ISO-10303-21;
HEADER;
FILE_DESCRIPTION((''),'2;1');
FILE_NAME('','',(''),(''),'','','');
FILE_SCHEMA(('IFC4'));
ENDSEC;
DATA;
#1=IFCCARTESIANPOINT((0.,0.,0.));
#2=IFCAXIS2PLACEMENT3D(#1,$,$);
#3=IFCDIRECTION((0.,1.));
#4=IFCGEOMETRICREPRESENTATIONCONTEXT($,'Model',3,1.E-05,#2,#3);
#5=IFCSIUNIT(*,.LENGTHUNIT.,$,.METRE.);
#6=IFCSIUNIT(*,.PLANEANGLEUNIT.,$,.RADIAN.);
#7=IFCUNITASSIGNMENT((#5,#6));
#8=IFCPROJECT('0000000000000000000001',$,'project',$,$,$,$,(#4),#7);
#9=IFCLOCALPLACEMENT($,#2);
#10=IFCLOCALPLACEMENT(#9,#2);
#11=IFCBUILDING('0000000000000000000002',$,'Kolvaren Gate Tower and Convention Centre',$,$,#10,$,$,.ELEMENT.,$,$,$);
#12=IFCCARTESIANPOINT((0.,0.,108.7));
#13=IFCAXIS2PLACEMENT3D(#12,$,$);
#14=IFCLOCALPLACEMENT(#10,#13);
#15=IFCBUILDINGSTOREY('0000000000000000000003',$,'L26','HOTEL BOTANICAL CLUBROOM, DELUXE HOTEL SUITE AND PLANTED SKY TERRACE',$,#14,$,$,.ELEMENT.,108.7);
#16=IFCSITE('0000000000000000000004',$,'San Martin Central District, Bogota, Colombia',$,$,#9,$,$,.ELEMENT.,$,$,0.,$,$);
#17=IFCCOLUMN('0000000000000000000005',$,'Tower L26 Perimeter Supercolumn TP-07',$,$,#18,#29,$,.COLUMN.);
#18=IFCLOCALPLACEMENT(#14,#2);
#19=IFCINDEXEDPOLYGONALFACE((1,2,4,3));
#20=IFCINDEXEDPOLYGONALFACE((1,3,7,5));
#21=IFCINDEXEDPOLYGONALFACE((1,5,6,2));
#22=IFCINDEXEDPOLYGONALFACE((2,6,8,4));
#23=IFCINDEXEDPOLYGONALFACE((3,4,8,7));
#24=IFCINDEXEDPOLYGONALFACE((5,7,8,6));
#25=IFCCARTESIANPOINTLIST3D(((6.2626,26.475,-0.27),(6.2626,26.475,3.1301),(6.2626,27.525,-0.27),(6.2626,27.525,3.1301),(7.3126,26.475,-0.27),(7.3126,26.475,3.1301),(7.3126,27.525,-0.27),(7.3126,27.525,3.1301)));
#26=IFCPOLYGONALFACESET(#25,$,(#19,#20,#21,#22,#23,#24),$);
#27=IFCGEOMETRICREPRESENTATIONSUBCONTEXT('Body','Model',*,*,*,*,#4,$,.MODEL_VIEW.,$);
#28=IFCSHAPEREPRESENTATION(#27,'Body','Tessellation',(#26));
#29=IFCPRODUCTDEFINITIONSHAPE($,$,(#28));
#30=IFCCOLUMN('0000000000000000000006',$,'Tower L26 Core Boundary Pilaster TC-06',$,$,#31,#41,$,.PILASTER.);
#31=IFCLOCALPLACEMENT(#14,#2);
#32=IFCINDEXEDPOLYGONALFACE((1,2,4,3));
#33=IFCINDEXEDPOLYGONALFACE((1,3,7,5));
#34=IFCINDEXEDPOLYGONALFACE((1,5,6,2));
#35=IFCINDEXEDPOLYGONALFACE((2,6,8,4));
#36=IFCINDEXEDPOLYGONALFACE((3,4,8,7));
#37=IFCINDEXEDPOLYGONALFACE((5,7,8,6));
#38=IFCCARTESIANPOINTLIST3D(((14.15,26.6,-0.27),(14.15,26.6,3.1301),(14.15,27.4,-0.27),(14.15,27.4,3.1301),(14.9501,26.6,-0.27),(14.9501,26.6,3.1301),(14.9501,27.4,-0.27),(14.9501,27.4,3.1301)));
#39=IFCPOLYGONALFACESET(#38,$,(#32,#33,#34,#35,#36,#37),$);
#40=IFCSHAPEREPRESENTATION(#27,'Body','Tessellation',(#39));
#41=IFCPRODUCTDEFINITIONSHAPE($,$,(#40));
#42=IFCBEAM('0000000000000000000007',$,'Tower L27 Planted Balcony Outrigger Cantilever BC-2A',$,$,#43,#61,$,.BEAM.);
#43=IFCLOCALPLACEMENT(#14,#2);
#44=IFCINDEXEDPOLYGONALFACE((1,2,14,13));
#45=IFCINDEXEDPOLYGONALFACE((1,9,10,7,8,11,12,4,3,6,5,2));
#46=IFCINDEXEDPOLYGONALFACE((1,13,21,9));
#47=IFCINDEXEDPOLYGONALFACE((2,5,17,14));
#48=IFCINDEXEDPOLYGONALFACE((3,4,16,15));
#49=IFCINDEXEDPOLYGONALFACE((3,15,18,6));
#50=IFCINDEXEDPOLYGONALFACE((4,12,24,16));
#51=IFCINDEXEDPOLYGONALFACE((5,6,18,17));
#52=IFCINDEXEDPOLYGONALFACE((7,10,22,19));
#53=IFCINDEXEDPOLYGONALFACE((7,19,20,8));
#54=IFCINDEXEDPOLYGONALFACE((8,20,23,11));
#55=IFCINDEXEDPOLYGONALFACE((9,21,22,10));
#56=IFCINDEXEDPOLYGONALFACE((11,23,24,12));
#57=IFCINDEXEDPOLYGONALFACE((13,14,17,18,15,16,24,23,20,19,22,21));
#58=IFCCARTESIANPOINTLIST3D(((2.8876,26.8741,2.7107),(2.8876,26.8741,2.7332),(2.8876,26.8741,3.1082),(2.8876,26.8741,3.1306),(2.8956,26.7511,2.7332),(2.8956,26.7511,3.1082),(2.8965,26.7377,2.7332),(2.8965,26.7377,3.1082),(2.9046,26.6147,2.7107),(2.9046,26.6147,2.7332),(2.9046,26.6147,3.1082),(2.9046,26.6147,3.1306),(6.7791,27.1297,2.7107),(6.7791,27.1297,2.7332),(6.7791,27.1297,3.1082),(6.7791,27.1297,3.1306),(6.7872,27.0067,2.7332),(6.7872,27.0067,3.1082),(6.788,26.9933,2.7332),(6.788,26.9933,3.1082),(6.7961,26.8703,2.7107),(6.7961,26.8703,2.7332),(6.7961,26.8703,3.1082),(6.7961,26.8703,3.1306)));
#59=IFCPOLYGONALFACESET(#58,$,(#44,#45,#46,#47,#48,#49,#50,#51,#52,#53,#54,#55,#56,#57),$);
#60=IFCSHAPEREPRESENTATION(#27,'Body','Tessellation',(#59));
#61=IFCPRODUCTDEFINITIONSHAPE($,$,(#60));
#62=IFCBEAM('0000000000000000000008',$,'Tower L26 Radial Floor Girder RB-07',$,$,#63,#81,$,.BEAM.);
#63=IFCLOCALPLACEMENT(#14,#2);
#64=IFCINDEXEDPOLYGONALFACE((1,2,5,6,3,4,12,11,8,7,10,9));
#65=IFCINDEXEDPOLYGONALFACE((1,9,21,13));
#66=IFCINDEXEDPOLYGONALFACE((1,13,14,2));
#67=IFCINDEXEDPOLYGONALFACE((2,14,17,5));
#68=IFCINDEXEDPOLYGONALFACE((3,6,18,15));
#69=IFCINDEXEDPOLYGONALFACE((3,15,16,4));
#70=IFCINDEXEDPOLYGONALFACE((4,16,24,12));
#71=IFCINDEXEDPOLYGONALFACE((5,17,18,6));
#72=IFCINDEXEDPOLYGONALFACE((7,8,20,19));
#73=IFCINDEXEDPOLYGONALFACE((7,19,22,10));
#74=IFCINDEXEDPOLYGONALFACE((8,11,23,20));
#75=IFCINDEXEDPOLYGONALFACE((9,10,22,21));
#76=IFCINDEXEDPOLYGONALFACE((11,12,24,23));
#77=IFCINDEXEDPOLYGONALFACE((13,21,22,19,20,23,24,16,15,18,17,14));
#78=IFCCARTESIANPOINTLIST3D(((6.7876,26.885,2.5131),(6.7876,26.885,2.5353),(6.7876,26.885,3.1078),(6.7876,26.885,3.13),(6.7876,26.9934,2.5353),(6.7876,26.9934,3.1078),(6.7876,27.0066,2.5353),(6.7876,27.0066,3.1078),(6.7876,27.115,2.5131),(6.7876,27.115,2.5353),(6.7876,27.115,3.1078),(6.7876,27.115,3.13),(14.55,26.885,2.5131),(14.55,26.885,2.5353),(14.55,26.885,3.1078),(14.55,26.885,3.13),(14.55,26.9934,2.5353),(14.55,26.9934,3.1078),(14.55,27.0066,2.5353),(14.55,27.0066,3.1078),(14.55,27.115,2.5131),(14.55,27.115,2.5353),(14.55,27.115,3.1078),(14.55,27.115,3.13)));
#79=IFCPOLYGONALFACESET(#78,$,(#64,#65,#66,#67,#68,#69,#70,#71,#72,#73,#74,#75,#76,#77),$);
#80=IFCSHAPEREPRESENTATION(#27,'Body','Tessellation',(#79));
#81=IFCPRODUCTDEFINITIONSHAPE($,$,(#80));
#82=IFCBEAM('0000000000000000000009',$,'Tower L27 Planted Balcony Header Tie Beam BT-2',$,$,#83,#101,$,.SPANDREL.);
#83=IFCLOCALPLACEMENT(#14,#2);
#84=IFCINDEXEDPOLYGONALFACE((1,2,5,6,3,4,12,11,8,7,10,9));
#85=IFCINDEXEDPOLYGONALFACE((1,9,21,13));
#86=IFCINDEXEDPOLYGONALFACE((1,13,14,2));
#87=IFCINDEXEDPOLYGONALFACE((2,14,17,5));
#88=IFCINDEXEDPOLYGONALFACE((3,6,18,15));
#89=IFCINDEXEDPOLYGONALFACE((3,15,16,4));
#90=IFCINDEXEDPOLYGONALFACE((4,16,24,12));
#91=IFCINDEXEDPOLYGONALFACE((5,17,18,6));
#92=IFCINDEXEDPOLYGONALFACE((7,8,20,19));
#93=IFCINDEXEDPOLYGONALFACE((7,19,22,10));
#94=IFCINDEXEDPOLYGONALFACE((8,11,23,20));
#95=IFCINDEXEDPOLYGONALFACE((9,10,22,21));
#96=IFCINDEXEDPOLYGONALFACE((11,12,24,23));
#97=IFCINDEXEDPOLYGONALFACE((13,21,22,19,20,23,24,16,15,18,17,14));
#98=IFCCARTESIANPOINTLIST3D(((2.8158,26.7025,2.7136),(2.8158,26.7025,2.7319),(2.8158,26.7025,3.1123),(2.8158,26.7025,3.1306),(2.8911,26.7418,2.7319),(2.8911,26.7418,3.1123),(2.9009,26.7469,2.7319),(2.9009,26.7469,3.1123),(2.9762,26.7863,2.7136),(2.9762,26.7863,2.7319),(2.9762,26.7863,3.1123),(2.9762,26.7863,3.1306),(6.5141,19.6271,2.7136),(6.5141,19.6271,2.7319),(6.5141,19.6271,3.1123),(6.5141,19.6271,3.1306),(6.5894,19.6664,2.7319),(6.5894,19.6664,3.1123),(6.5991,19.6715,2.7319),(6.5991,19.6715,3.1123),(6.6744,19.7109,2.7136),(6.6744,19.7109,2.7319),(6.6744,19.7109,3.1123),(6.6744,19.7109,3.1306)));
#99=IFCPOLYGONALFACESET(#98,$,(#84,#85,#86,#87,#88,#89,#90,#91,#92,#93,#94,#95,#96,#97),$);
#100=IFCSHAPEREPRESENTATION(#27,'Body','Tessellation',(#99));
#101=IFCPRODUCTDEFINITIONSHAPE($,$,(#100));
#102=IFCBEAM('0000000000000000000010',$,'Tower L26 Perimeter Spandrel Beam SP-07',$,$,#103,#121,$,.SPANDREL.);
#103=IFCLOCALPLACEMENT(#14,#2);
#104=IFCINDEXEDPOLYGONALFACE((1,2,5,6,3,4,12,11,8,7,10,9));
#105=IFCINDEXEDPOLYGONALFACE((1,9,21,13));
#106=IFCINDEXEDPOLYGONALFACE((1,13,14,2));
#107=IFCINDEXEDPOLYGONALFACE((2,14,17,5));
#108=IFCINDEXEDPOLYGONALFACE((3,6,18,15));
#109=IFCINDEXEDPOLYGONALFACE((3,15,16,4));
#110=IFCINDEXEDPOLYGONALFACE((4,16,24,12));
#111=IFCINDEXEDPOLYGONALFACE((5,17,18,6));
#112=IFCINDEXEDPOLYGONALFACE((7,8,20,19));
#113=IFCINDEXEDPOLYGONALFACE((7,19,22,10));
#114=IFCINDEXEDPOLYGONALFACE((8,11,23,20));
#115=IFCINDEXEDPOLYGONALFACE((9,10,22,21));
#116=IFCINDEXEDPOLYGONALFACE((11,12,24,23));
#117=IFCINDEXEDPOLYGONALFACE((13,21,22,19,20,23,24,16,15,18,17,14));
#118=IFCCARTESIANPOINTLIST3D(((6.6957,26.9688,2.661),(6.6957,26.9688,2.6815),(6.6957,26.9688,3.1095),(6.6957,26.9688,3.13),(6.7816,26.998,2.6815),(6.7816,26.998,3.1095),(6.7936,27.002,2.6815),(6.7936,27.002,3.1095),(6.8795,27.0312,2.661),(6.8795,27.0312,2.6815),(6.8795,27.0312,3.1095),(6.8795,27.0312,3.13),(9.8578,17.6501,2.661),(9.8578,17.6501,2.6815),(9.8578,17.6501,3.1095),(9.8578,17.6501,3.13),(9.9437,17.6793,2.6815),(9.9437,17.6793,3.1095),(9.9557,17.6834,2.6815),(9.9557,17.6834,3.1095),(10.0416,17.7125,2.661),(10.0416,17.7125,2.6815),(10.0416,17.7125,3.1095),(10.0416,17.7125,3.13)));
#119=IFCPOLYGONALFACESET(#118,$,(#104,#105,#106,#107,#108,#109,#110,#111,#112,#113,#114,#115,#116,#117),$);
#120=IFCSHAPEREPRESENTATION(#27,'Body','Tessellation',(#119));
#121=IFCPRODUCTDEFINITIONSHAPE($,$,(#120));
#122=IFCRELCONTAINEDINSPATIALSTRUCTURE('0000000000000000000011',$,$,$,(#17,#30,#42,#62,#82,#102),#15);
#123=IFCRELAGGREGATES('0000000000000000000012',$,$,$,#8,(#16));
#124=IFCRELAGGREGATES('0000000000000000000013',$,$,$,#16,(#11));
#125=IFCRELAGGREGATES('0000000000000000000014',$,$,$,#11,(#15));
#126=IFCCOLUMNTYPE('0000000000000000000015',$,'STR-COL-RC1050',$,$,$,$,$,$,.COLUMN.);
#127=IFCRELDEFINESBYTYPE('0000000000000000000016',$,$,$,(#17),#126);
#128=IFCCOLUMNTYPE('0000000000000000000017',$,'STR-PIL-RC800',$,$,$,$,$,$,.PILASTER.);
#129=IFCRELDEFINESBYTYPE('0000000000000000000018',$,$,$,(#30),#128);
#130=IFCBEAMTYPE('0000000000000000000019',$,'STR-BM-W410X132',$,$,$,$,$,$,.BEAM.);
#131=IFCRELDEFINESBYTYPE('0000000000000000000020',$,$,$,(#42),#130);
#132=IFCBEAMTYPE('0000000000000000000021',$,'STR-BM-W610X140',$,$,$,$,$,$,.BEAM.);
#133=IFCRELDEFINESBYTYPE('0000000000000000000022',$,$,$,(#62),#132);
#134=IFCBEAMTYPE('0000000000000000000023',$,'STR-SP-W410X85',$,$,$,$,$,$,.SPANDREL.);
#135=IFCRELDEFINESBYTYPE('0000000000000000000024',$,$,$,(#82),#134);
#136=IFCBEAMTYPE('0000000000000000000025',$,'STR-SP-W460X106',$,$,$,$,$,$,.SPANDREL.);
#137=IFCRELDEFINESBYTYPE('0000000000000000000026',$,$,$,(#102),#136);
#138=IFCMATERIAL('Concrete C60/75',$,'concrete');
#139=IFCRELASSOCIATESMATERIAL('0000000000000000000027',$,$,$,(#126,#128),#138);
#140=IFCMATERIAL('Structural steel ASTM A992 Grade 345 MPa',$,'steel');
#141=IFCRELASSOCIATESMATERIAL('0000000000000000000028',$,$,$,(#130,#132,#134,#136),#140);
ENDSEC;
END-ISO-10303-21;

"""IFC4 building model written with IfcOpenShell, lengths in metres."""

from ifc_helpers import new_model, si_unit, direction, frame, origin, origin_2d, place, context, subcontext, project, spatial, rectangle, i_section, extrude, material, material_profile, profile_set, type_object, element, save


model = new_model("IFC4")

# Units and contexts
model_context = context("Model", 3, precision=1e-05, world=origin(), true_north=direction((0.0, 1.0)))
body_context = subcontext(model_context, "Body", "Model", "MODEL_VIEW")
ifc_project = project(units=[si_unit("LENGTHUNIT", "METRE"), si_unit("PLANEANGLEUNIT", "RADIAN")], contexts=[model_context])

# Site, building, storey
site_placement = place(None, origin())
site = spatial("IfcSite", under=ifc_project, at=site_placement, Name="San Martin Central District, Bogota, Colombia", CompositionType="ELEMENT", RefElevation=0.0)
building_placement = place(site_placement, origin())
building = spatial("IfcBuilding", under=site, at=building_placement, Name="Kolvaren Gate Tower and Convention Centre", CompositionType="ELEMENT")
storey_placement = place(building_placement, frame((0.0, 0.0, 108.7)))
storey = spatial("IfcBuildingStorey", under=building, at=storey_placement, Name="L26", Description="HOTEL BOTANICAL CLUBROOM, DELUXE HOTEL SUITE AND PLANTED SKY TERRACE", CompositionType="ELEMENT", Elevation=108.7)

# Columns
ifc_material_1 = material(Name="Concrete C60/75", Category="concrete")
ifc_material_profile_1 = material_profile(ifc_material_1, rectangle(XDim=1.05, YDim=1.05, at=origin_2d()), Name="RC-COL-1050X1050")
ifc_profile_set_1 = profile_set([ifc_material_profile_1], Name="Concrete C60/75")
column_type_1 = type_object("IfcColumnType", Name="STR-COL-RC1050", PredefinedType="COLUMN", material=ifc_profile_set_1)
column_1_placement = place(storey_placement, frame((6.7876, 27.0, -0.27), z_axis=(0.0, 0.0, 1.0), x_axis=(1.0, 0.0, 0.0)))
element("IfcColumn", 1, at=column_1_placement, inside=storey, type_object=column_type_1, Name="Tower L26 Perimeter Supercolumn TP-07", PredefinedType="COLUMN", context=body_context, shape_type="SweptSolid", body=[
    extrude(rectangle(XDim=1.05, YDim=1.05, at=origin_2d()), origin(), (0.0, 0.0, 1.0), 3.4001),
])
ifc_material_profile_2 = material_profile(ifc_material_1, rectangle(XDim=0.8, YDim=0.8, at=origin_2d()), Name="RC-COL-800X800")
ifc_profile_set_2 = profile_set([ifc_material_profile_2], Name="Concrete C60/75")
column_type_2 = type_object("IfcColumnType", Name="STR-PIL-RC800", PredefinedType="PILASTER", material=ifc_profile_set_2)
column_2_placement = place(storey_placement, frame((14.55, 27.0, -0.27), z_axis=(0.0, 0.0, 1.0), x_axis=(1.0, 0.0, 0.0)))
element("IfcColumn", 2, at=column_2_placement, inside=storey, type_object=column_type_2, Name="Tower L26 Core Boundary Pilaster TC-06", PredefinedType="PILASTER", context=body_context, shape_type="SweptSolid", body=[
    extrude(rectangle(XDim=0.8, YDim=0.8, at=origin_2d()), origin(), (0.0, 0.0, 1.0), 3.4001),
])

# Beams
ifc_material_2 = material(Name="Structural steel ASTM A992 Grade 345 MPa", Category="steel")
ifc_material_profile_3 = material_profile(ifc_material_2, i_section(OverallWidth=0.26, OverallDepth=0.4199, WebThickness=0.0134, FlangeThickness=0.0225, at=origin_2d()), Name="W410X132")
ifc_profile_set_3 = profile_set([ifc_material_profile_3], Name="Structural steel ASTM A992 Grade 345 MPa")
beam_type_1 = type_object("IfcBeamType", Name="STR-BM-W410X132", PredefinedType="BEAM", material=ifc_profile_set_3)
beam_1_placement = place(storey_placement, frame((6.7876, 27.0, 2.9207), z_axis=(-0.99785, -0.065543, 0.0), x_axis=(0.065543, -0.99785, 0.0)))
element("IfcBeam", 3, at=beam_1_placement, inside=storey, type_object=beam_type_1, Name="Tower L27 Planted Balcony Outrigger Cantilever BC-2A", PredefinedType="BEAM", context=body_context, shape_type="SweptSolid", body=[
    extrude(i_section(OverallWidth=0.26, OverallDepth=0.4199, WebThickness=0.0134, FlangeThickness=0.0225, at=origin_2d()), origin(), (0.0, 0.0, 1.0), 3.8999),
])
ifc_material_profile_4 = material_profile(ifc_material_2, i_section(OverallWidth=0.23, OverallDepth=0.6169, WebThickness=0.0132, FlangeThickness=0.0222, at=origin_2d()), Name="W610X140")
ifc_profile_set_4 = profile_set([ifc_material_profile_4], Name="Structural steel ASTM A992 Grade 345 MPa")
beam_type_2 = type_object("IfcBeamType", Name="STR-BM-W610X140", PredefinedType="BEAM", material=ifc_profile_set_4)
beam_2_placement = place(storey_placement, frame((14.55, 27.0, 2.8215), z_axis=(-1.0, 0.0, 0.0), x_axis=(0.0, -1.0, 0.0)))
element("IfcBeam", 4, at=beam_2_placement, inside=storey, type_object=beam_type_2, Name="Tower L26 Radial Floor Girder RB-07", PredefinedType="BEAM", context=body_context, shape_type="SweptSolid", body=[
    extrude(i_section(OverallWidth=0.23, OverallDepth=0.6169, WebThickness=0.0132, FlangeThickness=0.0222, at=origin_2d()), origin(), (0.0, 0.0, 1.0), 7.7625),
])
ifc_material_profile_5 = material_profile(ifc_material_2, i_section(OverallWidth=0.1809, OverallDepth=0.417, WebThickness=0.011, FlangeThickness=0.0183, at=origin_2d()), Name="W410X85")
ifc_profile_set_5 = profile_set([ifc_material_profile_5], Name="Structural steel ASTM A992 Grade 345 MPa")
beam_type_3 = type_object("IfcBeamType", Name="STR-SP-W410X85", PredefinedType="SPANDREL", material=ifc_profile_set_5)
beam_3_placement = place(storey_placement, frame((2.896, 26.7444, 2.9221), z_axis=(0.463226, -0.88624, 0.0), x_axis=(0.88624, 0.463226, 0.0)))
element("IfcBeam", 5, at=beam_3_placement, inside=storey, type_object=beam_type_3, Name="Tower L27 Planted Balcony Header Tie Beam BT-2", PredefinedType="SPANDREL", context=body_context, shape_type="SweptSolid", body=[
    extrude(i_section(OverallWidth=0.1809, OverallDepth=0.417, WebThickness=0.011, FlangeThickness=0.0183, at=origin_2d()), origin(), (0.0, 0.0, 1.0), 7.9836),
])
ifc_material_profile_6 = material_profile(ifc_material_2, i_section(OverallWidth=0.1941, OverallDepth=0.469, WebThickness=0.0127, FlangeThickness=0.0205, at=origin_2d()), Name="W460X106")
ifc_profile_set_6 = profile_set([ifc_material_profile_6], Name="Structural steel ASTM A992 Grade 345 MPa")
beam_type_4 = type_object("IfcBeamType", Name="STR-SP-W460X106", PredefinedType="SPANDREL", material=ifc_profile_set_6)
beam_4_placement = place(storey_placement, frame((6.7876, 27.0, 2.8955), z_axis=(0.321336, -0.946965, 0.0), x_axis=(0.946965, 0.321336, 0.0)))
element("IfcBeam", 6, at=beam_4_placement, inside=storey, type_object=beam_type_4, Name="Tower L26 Perimeter Spandrel Beam SP-07", PredefinedType="SPANDREL", context=body_context, shape_type="SweptSolid", body=[
    extrude(i_section(OverallWidth=0.1941, OverallDepth=0.469, WebThickness=0.0127, FlangeThickness=0.0205, at=origin_2d()), origin(), (0.0, 0.0, 1.0), 9.8406),
])

save(model, "model.ifc")
